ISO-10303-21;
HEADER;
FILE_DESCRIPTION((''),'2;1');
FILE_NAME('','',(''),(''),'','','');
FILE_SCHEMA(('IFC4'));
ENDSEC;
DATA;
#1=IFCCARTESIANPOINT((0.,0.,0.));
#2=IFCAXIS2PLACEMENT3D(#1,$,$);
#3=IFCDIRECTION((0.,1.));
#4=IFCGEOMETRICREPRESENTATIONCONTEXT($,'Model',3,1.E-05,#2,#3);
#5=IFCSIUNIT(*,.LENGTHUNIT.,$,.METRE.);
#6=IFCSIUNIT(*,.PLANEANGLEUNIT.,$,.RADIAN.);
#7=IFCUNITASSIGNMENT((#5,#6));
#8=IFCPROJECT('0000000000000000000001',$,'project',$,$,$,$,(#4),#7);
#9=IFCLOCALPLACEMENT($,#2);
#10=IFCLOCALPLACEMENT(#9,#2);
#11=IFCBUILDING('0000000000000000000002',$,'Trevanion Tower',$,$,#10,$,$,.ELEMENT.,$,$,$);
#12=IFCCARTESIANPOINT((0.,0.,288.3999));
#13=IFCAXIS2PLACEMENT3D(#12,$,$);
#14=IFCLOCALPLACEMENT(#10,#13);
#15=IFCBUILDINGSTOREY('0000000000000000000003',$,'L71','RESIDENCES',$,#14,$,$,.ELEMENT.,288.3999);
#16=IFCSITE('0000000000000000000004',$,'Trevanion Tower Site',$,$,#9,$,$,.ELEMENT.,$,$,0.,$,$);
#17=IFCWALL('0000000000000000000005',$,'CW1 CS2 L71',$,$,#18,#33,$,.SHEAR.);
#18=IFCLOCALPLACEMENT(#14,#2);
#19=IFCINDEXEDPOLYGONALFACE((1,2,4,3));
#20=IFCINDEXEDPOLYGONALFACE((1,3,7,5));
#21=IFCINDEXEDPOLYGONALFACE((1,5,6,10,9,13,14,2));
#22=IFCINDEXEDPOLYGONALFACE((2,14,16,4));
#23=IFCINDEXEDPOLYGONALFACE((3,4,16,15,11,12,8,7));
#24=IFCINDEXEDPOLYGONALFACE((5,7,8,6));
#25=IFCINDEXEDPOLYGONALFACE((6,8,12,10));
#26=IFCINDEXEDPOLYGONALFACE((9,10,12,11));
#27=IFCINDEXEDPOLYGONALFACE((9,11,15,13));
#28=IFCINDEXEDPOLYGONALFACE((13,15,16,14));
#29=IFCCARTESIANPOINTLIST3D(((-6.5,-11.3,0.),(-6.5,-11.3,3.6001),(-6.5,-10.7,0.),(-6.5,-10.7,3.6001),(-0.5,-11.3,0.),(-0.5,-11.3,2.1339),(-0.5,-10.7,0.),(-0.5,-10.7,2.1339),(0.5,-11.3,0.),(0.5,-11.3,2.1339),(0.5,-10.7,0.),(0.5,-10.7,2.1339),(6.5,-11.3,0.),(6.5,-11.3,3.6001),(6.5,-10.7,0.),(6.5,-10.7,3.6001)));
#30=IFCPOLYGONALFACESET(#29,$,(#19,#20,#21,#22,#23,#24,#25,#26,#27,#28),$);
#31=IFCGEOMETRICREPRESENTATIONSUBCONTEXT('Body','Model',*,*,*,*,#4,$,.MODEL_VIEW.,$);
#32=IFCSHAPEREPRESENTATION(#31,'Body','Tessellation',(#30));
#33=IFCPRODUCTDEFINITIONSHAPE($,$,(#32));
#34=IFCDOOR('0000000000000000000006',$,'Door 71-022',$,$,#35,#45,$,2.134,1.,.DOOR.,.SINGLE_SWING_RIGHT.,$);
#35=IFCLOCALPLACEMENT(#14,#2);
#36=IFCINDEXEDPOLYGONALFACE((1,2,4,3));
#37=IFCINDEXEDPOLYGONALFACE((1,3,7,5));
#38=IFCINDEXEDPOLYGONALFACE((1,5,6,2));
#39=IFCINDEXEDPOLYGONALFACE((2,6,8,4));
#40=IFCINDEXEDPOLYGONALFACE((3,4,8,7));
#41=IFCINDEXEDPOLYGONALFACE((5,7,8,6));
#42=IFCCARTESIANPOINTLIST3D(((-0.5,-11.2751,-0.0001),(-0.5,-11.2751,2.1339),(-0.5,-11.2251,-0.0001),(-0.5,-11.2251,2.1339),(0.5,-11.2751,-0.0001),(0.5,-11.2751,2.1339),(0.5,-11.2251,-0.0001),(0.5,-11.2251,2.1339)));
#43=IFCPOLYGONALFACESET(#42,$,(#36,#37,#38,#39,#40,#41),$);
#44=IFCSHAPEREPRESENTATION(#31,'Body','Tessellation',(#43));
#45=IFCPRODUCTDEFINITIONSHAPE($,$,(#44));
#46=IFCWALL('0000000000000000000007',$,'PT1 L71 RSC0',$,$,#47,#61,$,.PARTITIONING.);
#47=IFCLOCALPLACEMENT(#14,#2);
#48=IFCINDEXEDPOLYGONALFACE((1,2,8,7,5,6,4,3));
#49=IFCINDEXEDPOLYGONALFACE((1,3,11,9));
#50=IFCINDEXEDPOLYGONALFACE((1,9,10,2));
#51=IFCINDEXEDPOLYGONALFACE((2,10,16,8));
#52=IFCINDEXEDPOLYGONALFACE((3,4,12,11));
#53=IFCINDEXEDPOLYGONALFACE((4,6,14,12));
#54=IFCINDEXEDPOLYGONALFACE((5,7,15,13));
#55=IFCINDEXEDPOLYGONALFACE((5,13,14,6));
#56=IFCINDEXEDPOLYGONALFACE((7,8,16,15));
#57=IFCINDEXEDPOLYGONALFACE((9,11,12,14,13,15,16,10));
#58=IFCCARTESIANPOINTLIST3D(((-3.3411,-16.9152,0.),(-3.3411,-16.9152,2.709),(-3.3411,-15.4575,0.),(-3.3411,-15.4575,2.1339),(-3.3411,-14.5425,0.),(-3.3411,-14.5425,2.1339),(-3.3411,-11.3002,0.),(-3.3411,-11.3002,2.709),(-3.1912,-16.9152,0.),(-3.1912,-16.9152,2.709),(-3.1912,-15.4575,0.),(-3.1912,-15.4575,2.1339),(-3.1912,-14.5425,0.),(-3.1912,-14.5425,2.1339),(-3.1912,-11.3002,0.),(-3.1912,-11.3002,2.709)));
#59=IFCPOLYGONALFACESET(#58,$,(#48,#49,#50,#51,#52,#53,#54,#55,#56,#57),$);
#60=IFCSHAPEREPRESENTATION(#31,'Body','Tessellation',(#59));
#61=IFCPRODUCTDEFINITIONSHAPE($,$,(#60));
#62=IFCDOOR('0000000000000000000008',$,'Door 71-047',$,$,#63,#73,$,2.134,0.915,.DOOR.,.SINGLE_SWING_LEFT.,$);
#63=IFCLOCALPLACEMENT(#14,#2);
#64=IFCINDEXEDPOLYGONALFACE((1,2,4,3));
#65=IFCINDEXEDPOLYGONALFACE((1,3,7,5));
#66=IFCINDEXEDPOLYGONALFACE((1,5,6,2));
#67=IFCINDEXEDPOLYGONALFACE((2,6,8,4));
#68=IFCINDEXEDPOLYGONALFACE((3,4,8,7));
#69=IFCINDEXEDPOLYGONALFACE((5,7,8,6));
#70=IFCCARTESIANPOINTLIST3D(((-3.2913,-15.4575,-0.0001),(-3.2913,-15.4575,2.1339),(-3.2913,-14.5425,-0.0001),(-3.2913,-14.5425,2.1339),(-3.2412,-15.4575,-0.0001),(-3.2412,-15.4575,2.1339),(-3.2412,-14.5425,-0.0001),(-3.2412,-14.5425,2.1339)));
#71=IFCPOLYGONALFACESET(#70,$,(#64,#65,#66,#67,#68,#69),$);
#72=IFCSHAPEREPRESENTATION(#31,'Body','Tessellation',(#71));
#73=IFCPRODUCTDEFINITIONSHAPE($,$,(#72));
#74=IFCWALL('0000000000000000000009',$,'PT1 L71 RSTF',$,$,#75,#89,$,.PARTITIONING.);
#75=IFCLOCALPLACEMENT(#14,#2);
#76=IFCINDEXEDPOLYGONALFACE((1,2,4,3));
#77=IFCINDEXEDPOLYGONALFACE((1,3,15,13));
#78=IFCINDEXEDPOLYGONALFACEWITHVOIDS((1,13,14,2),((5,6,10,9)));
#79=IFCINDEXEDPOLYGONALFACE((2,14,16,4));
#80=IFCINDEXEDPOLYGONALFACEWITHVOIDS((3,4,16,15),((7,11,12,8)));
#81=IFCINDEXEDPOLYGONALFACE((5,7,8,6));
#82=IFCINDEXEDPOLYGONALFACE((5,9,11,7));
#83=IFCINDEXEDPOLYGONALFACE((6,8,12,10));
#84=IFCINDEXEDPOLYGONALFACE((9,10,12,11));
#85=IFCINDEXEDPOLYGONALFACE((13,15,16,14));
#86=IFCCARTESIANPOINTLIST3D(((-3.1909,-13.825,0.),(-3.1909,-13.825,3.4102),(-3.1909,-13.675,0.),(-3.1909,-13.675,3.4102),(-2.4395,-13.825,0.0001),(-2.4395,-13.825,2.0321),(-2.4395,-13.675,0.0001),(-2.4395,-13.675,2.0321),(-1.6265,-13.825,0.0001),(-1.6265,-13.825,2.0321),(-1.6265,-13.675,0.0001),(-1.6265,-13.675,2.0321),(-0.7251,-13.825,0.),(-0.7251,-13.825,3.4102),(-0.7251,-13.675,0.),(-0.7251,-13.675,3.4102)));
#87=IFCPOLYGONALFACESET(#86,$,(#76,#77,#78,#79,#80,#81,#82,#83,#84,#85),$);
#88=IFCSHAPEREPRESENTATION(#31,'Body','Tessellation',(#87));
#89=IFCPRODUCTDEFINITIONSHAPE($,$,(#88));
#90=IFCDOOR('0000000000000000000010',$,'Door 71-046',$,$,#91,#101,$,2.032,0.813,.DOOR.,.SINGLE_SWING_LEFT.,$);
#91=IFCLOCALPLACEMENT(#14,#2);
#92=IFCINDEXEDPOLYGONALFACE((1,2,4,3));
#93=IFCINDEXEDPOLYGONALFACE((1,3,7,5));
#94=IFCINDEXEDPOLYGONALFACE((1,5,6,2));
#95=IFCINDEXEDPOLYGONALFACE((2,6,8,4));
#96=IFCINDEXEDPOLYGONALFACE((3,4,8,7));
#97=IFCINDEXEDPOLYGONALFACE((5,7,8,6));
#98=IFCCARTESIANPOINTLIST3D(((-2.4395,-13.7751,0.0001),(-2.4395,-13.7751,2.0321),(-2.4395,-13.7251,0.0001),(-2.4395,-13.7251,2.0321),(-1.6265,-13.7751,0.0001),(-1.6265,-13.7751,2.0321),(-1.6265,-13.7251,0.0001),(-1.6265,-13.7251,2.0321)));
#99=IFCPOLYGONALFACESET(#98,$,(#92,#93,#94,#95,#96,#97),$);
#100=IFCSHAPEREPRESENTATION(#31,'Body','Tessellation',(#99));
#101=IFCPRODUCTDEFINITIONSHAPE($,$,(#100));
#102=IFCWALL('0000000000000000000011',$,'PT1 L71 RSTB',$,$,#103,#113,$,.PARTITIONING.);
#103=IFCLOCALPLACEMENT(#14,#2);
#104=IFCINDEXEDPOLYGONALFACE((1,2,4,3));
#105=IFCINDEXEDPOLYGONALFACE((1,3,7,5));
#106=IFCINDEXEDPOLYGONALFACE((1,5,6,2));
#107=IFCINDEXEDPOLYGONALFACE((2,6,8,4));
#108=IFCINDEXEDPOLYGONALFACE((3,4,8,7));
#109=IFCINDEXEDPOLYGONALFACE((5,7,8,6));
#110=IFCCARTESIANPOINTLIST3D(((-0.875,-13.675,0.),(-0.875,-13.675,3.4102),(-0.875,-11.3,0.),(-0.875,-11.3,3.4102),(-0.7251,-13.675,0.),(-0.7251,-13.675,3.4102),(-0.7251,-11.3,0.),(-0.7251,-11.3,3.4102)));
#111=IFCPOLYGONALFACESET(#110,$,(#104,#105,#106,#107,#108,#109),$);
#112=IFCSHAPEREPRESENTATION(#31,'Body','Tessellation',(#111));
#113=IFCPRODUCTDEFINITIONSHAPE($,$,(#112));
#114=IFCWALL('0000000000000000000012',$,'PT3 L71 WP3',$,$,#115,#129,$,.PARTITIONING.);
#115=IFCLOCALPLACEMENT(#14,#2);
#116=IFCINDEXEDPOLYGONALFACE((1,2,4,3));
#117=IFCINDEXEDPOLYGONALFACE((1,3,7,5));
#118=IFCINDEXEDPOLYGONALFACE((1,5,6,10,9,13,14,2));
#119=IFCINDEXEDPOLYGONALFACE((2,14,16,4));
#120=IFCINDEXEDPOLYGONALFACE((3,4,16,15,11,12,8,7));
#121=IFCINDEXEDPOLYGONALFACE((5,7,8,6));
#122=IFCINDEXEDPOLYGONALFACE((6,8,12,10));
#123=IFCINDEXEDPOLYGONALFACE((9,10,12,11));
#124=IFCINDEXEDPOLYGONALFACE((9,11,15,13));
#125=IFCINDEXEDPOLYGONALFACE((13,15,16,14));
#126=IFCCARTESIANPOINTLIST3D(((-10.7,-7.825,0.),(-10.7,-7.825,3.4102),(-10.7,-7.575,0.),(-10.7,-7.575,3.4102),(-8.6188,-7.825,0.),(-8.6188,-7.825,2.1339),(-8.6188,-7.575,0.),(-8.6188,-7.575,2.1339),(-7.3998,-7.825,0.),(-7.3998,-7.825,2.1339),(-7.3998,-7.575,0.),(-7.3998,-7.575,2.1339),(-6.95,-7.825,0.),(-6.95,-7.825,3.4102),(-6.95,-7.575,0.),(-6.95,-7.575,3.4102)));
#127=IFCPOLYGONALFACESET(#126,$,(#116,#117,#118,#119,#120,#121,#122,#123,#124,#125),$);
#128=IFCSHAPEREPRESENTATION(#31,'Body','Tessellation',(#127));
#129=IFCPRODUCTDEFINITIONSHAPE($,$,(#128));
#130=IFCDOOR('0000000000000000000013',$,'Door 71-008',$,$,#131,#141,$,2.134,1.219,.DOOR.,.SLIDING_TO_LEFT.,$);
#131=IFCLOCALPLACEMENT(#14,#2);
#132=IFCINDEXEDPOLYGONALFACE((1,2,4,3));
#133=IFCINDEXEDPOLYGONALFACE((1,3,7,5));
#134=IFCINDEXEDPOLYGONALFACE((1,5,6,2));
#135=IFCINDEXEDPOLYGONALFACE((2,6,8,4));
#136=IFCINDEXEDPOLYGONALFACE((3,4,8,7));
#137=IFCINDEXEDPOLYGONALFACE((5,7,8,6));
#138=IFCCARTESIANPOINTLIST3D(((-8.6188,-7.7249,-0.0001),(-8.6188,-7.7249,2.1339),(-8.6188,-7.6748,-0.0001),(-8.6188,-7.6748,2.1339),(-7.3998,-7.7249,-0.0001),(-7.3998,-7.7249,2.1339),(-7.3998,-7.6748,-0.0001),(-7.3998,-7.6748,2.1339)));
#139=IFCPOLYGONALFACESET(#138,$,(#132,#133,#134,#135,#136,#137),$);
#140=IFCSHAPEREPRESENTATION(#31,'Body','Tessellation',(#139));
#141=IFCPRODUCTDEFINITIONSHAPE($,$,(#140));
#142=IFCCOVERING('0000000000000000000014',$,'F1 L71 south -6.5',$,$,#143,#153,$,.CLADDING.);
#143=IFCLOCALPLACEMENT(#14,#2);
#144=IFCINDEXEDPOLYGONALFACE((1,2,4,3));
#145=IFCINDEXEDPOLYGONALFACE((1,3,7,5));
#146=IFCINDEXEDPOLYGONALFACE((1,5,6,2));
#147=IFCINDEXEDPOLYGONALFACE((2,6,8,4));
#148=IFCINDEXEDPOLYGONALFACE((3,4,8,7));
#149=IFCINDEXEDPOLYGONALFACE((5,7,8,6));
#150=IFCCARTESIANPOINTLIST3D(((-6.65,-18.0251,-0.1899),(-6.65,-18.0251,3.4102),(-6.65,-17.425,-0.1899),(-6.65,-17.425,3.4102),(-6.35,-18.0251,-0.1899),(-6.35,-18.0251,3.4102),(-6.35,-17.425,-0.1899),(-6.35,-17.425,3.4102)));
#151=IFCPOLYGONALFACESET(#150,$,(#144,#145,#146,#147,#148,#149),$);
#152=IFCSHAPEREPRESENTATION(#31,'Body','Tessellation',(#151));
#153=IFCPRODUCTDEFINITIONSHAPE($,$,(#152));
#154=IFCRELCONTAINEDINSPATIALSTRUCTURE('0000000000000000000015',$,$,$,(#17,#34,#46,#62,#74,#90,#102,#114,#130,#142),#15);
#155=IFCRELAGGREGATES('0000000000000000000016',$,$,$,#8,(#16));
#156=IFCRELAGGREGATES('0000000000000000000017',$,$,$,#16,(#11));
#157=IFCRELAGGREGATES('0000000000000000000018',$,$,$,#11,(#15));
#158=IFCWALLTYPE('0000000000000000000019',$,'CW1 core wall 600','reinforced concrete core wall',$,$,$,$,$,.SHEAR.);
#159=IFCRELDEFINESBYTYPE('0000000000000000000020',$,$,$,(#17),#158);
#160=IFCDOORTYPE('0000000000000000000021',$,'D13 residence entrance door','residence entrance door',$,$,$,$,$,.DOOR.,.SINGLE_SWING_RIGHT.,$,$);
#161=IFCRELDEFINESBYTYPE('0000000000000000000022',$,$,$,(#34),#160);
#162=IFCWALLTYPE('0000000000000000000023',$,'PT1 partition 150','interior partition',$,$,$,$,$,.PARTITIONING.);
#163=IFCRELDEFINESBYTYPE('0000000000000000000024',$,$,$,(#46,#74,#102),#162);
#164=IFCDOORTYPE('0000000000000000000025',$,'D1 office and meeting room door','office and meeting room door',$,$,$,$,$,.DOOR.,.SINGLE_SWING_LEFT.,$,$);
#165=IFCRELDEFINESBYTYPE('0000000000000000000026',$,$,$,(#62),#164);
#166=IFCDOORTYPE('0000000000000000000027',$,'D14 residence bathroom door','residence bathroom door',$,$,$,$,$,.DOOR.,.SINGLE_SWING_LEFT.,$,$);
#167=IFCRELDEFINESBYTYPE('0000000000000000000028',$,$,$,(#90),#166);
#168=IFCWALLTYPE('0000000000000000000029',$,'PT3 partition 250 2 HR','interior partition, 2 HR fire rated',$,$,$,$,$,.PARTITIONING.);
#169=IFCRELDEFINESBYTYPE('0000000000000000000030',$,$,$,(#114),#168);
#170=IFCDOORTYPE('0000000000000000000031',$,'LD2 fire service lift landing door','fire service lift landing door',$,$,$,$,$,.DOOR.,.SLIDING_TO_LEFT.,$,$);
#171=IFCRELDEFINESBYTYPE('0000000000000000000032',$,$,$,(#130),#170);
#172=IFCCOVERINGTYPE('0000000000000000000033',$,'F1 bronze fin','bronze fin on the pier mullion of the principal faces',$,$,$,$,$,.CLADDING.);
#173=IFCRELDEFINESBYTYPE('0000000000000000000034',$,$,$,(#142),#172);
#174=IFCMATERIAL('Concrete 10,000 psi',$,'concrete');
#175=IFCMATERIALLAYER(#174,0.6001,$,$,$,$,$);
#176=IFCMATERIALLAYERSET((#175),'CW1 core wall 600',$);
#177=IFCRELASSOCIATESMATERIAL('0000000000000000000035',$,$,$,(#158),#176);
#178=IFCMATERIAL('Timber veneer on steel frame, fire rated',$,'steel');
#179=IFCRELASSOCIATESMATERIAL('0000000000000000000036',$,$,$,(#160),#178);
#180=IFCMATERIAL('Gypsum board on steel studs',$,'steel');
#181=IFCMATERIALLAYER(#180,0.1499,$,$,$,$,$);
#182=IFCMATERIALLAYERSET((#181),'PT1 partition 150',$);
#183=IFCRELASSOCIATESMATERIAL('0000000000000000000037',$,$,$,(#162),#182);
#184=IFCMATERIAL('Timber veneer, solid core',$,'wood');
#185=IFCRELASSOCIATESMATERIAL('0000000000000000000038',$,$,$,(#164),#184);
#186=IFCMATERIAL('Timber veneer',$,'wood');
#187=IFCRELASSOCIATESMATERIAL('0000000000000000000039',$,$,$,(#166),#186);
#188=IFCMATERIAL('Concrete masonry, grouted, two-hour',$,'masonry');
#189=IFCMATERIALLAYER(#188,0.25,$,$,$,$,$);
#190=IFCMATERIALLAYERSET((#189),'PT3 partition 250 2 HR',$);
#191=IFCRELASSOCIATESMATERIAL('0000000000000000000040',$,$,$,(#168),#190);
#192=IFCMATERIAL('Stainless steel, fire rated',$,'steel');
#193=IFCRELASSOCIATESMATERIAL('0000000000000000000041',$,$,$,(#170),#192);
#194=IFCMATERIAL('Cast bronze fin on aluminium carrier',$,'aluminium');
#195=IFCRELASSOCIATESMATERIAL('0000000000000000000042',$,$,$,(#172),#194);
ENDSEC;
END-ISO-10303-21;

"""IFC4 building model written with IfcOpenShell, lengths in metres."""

from ifc_helpers import new_model, si_unit, direction, frame, frame_2d, origin, origin_2d, place, context, subcontext, project, spatial, rectangle, extrude, material, layer, layer_set, type_object, element, fill, save


model = new_model("IFC4")

# Units and contexts
model_context = context("Model", 3, precision=1e-05, world=origin(), true_north=direction((0.0, 1.0)))
body_context = subcontext(model_context, "Body", "Model", "MODEL_VIEW")
ifc_project = project(units=[si_unit("LENGTHUNIT", "METRE"), si_unit("PLANEANGLEUNIT", "RADIAN")], contexts=[model_context])

# Site, building, storey
site_placement = place(None, origin())
site = spatial("IfcSite", under=ifc_project, at=site_placement, Name="Trevanion Tower Site", CompositionType="ELEMENT", RefElevation=0.0)
building_placement = place(site_placement, origin())
building = spatial("IfcBuilding", under=site, at=building_placement, Name="Trevanion Tower", CompositionType="ELEMENT")
storey_placement = place(building_placement, frame((0.0, 0.0, 288.3999)))
storey = spatial("IfcBuildingStorey", under=building, at=storey_placement, Name="L71", Description="RESIDENCES", CompositionType="ELEMENT", Elevation=288.3999)

# Walls, openings, doors
ifc_material_1 = material(Name="Concrete 10,000 psi", Category="concrete")
ifc_layer_1 = layer(ifc_material_1, 0.6001)
ifc_layer_set_1 = layer_set([ifc_layer_1], Name="CW1 core wall 600")
wall_type_1 = type_object("IfcWallType", Name="CW1 core wall 600", Description="reinforced concrete core wall", PredefinedType="SHEAR", material=ifc_layer_set_1)
wall_1_placement = place(storey_placement, frame((-6.5, -11.0, 0.0), z_axis=(0.0, 0.0, 1.0), x_axis=(1.0, 0.0, 0.0)))
wall_1 = element("IfcWall", 1, at=wall_1_placement, inside=storey, type_object=wall_type_1, Name="CW1 CS2 L71", PredefinedType="SHEAR", context=body_context, shape_type="SweptSolid", body=[
    extrude(rectangle(XDim=13.0, YDim=0.6001, at=frame_2d((6.5, 0.0))), origin(), (0.0, 0.0, 1.0), 3.6001),
])
opening_1_placement = place(wall_1_placement, frame((6.0, 0.0, 0.0)))
opening_1 = element("IfcOpeningElement", 2, at=opening_1_placement, cuts=wall_1, PredefinedType="OPENING", context=body_context, shape_type="SweptSolid", body=[
    extrude(rectangle(XDim=1.0, YDim=2.134, at=frame_2d((0.5, 1.0669))), frame((0.0, 0.3101, 0.0), z_axis=(0.0, -1.0, 0.0), x_axis=(1.0, 0.0, 0.0)), (0.0, 0.0, 1.0), 0.6201),
])
ifc_material_2 = material(Name="Timber veneer on steel frame, fire rated", Category="steel")
door_type_1 = type_object("IfcDoorType", Name="D13 residence entrance door", Description="residence entrance door", OperationType="SINGLE_SWING_RIGHT", PredefinedType="DOOR", material=ifc_material_2)
door_1_placement = place(opening_1_placement, origin())
door_1 = element("IfcDoor", 3, at=door_1_placement, inside=storey, type_object=door_type_1, Name="Door 71-022", OperationType="SINGLE_SWING_RIGHT", OverallHeight=2.134, OverallWidth=1.0, PredefinedType="DOOR", context=body_context, shape_type="SweptSolid", body=[
    extrude(rectangle(XDim=1.0, YDim=2.134, at=frame_2d((0.5, 1.0669))), frame((0.0, -0.2251, 0.0), z_axis=(0.0, -1.0, 0.0), x_axis=(1.0, 0.0, 0.0)), (0.0, 0.0, 1.0), 0.05),
])
fill(opening_1, door_1)
ifc_material_3 = material(Name="Gypsum board on steel studs", Category="steel")
ifc_layer_2 = layer(ifc_material_3, 0.1499)
ifc_layer_set_2 = layer_set([ifc_layer_2], Name="PT1 partition 150")
wall_type_2 = type_object("IfcWallType", Name="PT1 partition 150", Description="interior partition", PredefinedType="PARTITIONING", material=ifc_layer_set_2)
wall_2_placement = place(storey_placement, frame((-3.2661, -11.3, 0.0), z_axis=(0.0, 0.0, 1.0), x_axis=(0.0, -1.0, 0.0)))
wall_2 = element("IfcWall", 4, at=wall_2_placement, inside=storey, type_object=wall_type_2, Name="PT1 L71 RSC0", PredefinedType="PARTITIONING", context=body_context, shape_type="SweptSolid", body=[
    extrude(rectangle(XDim=5.615, YDim=0.1499, at=frame_2d((2.8076, 0.0))), origin(), (0.0, 0.0, 1.0), 2.709),
])
opening_2_placement = place(wall_2_placement, frame((3.2424, 0.0, 0.0)))
opening_2 = element("IfcOpeningElement", 5, at=opening_2_placement, cuts=wall_2, PredefinedType="OPENING", context=body_context, shape_type="SweptSolid", body=[
    extrude(rectangle(XDim=0.915, YDim=2.134, at=frame_2d((0.4575, 1.0669))), frame((0.0, 0.085, 0.0), z_axis=(0.0, -1.0, 0.0), x_axis=(1.0, 0.0, 0.0)), (0.0, 0.0, 1.0), 0.1699),
])
ifc_material_4 = material(Name="Timber veneer, solid core", Category="wood")
door_type_2 = type_object("IfcDoorType", Name="D1 office and meeting room door", Description="office and meeting room door", OperationType="SINGLE_SWING_LEFT", PredefinedType="DOOR", material=ifc_material_4)
door_2_placement = place(opening_2_placement, origin())
door_2 = element("IfcDoor", 6, at=door_2_placement, inside=storey, type_object=door_type_2, Name="Door 71-047", OperationType="SINGLE_SWING_LEFT", OverallHeight=2.134, OverallWidth=0.915, PredefinedType="DOOR", context=body_context, shape_type="SweptSolid", body=[
    extrude(rectangle(XDim=0.915, YDim=2.134, at=frame_2d((0.4575, 1.0669))), frame((0.0, 0.0249, 0.0), z_axis=(0.0, -1.0, 0.0), x_axis=(1.0, 0.0, 0.0)), (0.0, 0.0, 1.0), 0.05),
])
fill(opening_2, door_2)
wall_3_placement = place(storey_placement, frame((-3.1909, -13.75, 0.0), z_axis=(0.0, 0.0, 1.0), x_axis=(1.0, 0.0, 0.0)))
wall_3 = element("IfcWall", 7, at=wall_3_placement, inside=storey, type_object=wall_type_2, Name="PT1 L71 RSTF", PredefinedType="PARTITIONING", context=body_context, shape_type="SweptSolid", body=[
    extrude(rectangle(XDim=2.4658, YDim=0.1499, at=frame_2d((1.2329, 0.0))), origin(), (0.0, 0.0, 1.0), 3.4102),
])
opening_3_placement = place(wall_3_placement, frame((0.7515, 0.0, 0.0)))
opening_3 = element("IfcOpeningElement", 8, at=opening_3_placement, cuts=wall_3, PredefinedType="OPENING", context=body_context, shape_type="SweptSolid", body=[
    extrude(rectangle(XDim=0.813, YDim=2.032, at=frame_2d((0.4065, 1.0161))), frame((0.0, 0.085, 0.0), z_axis=(0.0, -1.0, 0.0), x_axis=(1.0, 0.0, 0.0)), (0.0, 0.0, 1.0), 0.1699),
])
ifc_material_5 = material(Name="Timber veneer", Category="wood")
door_type_3 = type_object("IfcDoorType", Name="D14 residence bathroom door", Description="residence bathroom door", OperationType="SINGLE_SWING_LEFT", PredefinedType="DOOR", material=ifc_material_5)
door_3_placement = place(opening_3_placement, origin())
door_3 = element("IfcDoor", 9, at=door_3_placement, inside=storey, type_object=door_type_3, Name="Door 71-046", OperationType="SINGLE_SWING_LEFT", OverallHeight=2.032, OverallWidth=0.813, PredefinedType="DOOR", context=body_context, shape_type="SweptSolid", body=[
    extrude(rectangle(XDim=0.813, YDim=2.032, at=frame_2d((0.4065, 1.0161))), frame((0.0, 0.0249, 0.0), z_axis=(0.0, -1.0, 0.0), x_axis=(1.0, 0.0, 0.0)), (0.0, 0.0, 1.0), 0.05),
])
fill(opening_3, door_3)

# Wall
wall_4_placement = place(storey_placement, frame((-0.8, -11.3, 0.0), z_axis=(0.0, 0.0, 1.0), x_axis=(0.0, -1.0, 0.0)))
element("IfcWall", 10, at=wall_4_placement, inside=storey, type_object=wall_type_2, Name="PT1 L71 RSTB", PredefinedType="PARTITIONING", context=body_context, shape_type="SweptSolid", body=[
    extrude(rectangle(XDim=2.375, YDim=0.1499, at=frame_2d((1.1875, 0.0))), origin(), (0.0, 0.0, 1.0), 3.4102),
])

# Wall, opening, door
ifc_material_6 = material(Name="Concrete masonry, grouted, two-hour", Category="masonry")
ifc_layer_3 = layer(ifc_material_6, 0.25)
ifc_layer_set_3 = layer_set([ifc_layer_3], Name="PT3 partition 250 2 HR")
wall_type_3 = type_object("IfcWallType", Name="PT3 partition 250 2 HR", Description="interior partition, 2 HR fire rated", PredefinedType="PARTITIONING", material=ifc_layer_set_3)
wall_5_placement = place(storey_placement, frame((-6.95, -7.7, 0.0), z_axis=(0.0, 0.0, 1.0), x_axis=(-1.0, 0.0, 0.0)))
wall_5 = element("IfcWall", 11, at=wall_5_placement, inside=storey, type_object=wall_type_3, Name="PT3 L71 WP3", PredefinedType="PARTITIONING", context=body_context, shape_type="SweptSolid", body=[
    extrude(rectangle(XDim=3.75, YDim=0.25, at=frame_2d((1.875, 0.0))), origin(), (0.0, 0.0, 1.0), 3.4102),
])
opening_4_placement = place(wall_5_placement, frame((0.45, 0.0, 0.0)))
opening_4 = element("IfcOpeningElement", 12, at=opening_4_placement, cuts=wall_5, PredefinedType="OPENING", context=body_context, shape_type="SweptSolid", body=[
    extrude(rectangle(XDim=1.219, YDim=2.134, at=frame_2d((0.6094, 1.0669))), frame((0.0, 0.135, 0.0), z_axis=(0.0, -1.0, 0.0), x_axis=(1.0, 0.0, 0.0)), (0.0, 0.0, 1.0), 0.27),
])
ifc_material_7 = material(Name="Stainless steel, fire rated", Category="steel")
door_type_4 = type_object("IfcDoorType", Name="LD2 fire service lift landing door", Description="fire service lift landing door", OperationType="SLIDING_TO_LEFT", PredefinedType="DOOR", material=ifc_material_7)
door_4_placement = place(opening_4_placement, origin())
door_4 = element("IfcDoor", 13, at=door_4_placement, inside=storey, type_object=door_type_4, Name="Door 71-008", OperationType="SLIDING_TO_LEFT", OverallHeight=2.134, OverallWidth=1.219, PredefinedType="DOOR", context=body_context, shape_type="SweptSolid", body=[
    extrude(rectangle(XDim=1.219, YDim=2.134, at=frame_2d((0.6094, 1.0669))), frame((0.0, 0.0249, 0.0), z_axis=(0.0, -1.0, 0.0), x_axis=(1.0, 0.0, 0.0)), (0.0, 0.0, 1.0), 0.05),
])
fill(opening_4, door_4)

# Covering
ifc_material_8 = material(Name="Cast bronze fin on aluminium carrier", Category="aluminium")
covering_type = type_object("IfcCoveringType", Name="F1 bronze fin", Description="bronze fin on the pier mullion of the principal faces", PredefinedType="CLADDING", material=ifc_material_8)
covering_placement = place(storey_placement, frame((-6.5, -17.7251, -0.1899), z_axis=(0.0, 0.0, 1.0), x_axis=(1.0, 0.0, 0.0)))
element("IfcCovering", 14, at=covering_placement, inside=storey, type_object=covering_type, Name="F1 L71 south -6.5", PredefinedType="CLADDING", context=body_context, shape_type="SweptSolid", body=[
    extrude(rectangle(XDim=0.3, YDim=0.6001, at=origin_2d()), origin(), (0.0, 0.0, 1.0), 3.6001),
])

save(model, "model.ifc")
